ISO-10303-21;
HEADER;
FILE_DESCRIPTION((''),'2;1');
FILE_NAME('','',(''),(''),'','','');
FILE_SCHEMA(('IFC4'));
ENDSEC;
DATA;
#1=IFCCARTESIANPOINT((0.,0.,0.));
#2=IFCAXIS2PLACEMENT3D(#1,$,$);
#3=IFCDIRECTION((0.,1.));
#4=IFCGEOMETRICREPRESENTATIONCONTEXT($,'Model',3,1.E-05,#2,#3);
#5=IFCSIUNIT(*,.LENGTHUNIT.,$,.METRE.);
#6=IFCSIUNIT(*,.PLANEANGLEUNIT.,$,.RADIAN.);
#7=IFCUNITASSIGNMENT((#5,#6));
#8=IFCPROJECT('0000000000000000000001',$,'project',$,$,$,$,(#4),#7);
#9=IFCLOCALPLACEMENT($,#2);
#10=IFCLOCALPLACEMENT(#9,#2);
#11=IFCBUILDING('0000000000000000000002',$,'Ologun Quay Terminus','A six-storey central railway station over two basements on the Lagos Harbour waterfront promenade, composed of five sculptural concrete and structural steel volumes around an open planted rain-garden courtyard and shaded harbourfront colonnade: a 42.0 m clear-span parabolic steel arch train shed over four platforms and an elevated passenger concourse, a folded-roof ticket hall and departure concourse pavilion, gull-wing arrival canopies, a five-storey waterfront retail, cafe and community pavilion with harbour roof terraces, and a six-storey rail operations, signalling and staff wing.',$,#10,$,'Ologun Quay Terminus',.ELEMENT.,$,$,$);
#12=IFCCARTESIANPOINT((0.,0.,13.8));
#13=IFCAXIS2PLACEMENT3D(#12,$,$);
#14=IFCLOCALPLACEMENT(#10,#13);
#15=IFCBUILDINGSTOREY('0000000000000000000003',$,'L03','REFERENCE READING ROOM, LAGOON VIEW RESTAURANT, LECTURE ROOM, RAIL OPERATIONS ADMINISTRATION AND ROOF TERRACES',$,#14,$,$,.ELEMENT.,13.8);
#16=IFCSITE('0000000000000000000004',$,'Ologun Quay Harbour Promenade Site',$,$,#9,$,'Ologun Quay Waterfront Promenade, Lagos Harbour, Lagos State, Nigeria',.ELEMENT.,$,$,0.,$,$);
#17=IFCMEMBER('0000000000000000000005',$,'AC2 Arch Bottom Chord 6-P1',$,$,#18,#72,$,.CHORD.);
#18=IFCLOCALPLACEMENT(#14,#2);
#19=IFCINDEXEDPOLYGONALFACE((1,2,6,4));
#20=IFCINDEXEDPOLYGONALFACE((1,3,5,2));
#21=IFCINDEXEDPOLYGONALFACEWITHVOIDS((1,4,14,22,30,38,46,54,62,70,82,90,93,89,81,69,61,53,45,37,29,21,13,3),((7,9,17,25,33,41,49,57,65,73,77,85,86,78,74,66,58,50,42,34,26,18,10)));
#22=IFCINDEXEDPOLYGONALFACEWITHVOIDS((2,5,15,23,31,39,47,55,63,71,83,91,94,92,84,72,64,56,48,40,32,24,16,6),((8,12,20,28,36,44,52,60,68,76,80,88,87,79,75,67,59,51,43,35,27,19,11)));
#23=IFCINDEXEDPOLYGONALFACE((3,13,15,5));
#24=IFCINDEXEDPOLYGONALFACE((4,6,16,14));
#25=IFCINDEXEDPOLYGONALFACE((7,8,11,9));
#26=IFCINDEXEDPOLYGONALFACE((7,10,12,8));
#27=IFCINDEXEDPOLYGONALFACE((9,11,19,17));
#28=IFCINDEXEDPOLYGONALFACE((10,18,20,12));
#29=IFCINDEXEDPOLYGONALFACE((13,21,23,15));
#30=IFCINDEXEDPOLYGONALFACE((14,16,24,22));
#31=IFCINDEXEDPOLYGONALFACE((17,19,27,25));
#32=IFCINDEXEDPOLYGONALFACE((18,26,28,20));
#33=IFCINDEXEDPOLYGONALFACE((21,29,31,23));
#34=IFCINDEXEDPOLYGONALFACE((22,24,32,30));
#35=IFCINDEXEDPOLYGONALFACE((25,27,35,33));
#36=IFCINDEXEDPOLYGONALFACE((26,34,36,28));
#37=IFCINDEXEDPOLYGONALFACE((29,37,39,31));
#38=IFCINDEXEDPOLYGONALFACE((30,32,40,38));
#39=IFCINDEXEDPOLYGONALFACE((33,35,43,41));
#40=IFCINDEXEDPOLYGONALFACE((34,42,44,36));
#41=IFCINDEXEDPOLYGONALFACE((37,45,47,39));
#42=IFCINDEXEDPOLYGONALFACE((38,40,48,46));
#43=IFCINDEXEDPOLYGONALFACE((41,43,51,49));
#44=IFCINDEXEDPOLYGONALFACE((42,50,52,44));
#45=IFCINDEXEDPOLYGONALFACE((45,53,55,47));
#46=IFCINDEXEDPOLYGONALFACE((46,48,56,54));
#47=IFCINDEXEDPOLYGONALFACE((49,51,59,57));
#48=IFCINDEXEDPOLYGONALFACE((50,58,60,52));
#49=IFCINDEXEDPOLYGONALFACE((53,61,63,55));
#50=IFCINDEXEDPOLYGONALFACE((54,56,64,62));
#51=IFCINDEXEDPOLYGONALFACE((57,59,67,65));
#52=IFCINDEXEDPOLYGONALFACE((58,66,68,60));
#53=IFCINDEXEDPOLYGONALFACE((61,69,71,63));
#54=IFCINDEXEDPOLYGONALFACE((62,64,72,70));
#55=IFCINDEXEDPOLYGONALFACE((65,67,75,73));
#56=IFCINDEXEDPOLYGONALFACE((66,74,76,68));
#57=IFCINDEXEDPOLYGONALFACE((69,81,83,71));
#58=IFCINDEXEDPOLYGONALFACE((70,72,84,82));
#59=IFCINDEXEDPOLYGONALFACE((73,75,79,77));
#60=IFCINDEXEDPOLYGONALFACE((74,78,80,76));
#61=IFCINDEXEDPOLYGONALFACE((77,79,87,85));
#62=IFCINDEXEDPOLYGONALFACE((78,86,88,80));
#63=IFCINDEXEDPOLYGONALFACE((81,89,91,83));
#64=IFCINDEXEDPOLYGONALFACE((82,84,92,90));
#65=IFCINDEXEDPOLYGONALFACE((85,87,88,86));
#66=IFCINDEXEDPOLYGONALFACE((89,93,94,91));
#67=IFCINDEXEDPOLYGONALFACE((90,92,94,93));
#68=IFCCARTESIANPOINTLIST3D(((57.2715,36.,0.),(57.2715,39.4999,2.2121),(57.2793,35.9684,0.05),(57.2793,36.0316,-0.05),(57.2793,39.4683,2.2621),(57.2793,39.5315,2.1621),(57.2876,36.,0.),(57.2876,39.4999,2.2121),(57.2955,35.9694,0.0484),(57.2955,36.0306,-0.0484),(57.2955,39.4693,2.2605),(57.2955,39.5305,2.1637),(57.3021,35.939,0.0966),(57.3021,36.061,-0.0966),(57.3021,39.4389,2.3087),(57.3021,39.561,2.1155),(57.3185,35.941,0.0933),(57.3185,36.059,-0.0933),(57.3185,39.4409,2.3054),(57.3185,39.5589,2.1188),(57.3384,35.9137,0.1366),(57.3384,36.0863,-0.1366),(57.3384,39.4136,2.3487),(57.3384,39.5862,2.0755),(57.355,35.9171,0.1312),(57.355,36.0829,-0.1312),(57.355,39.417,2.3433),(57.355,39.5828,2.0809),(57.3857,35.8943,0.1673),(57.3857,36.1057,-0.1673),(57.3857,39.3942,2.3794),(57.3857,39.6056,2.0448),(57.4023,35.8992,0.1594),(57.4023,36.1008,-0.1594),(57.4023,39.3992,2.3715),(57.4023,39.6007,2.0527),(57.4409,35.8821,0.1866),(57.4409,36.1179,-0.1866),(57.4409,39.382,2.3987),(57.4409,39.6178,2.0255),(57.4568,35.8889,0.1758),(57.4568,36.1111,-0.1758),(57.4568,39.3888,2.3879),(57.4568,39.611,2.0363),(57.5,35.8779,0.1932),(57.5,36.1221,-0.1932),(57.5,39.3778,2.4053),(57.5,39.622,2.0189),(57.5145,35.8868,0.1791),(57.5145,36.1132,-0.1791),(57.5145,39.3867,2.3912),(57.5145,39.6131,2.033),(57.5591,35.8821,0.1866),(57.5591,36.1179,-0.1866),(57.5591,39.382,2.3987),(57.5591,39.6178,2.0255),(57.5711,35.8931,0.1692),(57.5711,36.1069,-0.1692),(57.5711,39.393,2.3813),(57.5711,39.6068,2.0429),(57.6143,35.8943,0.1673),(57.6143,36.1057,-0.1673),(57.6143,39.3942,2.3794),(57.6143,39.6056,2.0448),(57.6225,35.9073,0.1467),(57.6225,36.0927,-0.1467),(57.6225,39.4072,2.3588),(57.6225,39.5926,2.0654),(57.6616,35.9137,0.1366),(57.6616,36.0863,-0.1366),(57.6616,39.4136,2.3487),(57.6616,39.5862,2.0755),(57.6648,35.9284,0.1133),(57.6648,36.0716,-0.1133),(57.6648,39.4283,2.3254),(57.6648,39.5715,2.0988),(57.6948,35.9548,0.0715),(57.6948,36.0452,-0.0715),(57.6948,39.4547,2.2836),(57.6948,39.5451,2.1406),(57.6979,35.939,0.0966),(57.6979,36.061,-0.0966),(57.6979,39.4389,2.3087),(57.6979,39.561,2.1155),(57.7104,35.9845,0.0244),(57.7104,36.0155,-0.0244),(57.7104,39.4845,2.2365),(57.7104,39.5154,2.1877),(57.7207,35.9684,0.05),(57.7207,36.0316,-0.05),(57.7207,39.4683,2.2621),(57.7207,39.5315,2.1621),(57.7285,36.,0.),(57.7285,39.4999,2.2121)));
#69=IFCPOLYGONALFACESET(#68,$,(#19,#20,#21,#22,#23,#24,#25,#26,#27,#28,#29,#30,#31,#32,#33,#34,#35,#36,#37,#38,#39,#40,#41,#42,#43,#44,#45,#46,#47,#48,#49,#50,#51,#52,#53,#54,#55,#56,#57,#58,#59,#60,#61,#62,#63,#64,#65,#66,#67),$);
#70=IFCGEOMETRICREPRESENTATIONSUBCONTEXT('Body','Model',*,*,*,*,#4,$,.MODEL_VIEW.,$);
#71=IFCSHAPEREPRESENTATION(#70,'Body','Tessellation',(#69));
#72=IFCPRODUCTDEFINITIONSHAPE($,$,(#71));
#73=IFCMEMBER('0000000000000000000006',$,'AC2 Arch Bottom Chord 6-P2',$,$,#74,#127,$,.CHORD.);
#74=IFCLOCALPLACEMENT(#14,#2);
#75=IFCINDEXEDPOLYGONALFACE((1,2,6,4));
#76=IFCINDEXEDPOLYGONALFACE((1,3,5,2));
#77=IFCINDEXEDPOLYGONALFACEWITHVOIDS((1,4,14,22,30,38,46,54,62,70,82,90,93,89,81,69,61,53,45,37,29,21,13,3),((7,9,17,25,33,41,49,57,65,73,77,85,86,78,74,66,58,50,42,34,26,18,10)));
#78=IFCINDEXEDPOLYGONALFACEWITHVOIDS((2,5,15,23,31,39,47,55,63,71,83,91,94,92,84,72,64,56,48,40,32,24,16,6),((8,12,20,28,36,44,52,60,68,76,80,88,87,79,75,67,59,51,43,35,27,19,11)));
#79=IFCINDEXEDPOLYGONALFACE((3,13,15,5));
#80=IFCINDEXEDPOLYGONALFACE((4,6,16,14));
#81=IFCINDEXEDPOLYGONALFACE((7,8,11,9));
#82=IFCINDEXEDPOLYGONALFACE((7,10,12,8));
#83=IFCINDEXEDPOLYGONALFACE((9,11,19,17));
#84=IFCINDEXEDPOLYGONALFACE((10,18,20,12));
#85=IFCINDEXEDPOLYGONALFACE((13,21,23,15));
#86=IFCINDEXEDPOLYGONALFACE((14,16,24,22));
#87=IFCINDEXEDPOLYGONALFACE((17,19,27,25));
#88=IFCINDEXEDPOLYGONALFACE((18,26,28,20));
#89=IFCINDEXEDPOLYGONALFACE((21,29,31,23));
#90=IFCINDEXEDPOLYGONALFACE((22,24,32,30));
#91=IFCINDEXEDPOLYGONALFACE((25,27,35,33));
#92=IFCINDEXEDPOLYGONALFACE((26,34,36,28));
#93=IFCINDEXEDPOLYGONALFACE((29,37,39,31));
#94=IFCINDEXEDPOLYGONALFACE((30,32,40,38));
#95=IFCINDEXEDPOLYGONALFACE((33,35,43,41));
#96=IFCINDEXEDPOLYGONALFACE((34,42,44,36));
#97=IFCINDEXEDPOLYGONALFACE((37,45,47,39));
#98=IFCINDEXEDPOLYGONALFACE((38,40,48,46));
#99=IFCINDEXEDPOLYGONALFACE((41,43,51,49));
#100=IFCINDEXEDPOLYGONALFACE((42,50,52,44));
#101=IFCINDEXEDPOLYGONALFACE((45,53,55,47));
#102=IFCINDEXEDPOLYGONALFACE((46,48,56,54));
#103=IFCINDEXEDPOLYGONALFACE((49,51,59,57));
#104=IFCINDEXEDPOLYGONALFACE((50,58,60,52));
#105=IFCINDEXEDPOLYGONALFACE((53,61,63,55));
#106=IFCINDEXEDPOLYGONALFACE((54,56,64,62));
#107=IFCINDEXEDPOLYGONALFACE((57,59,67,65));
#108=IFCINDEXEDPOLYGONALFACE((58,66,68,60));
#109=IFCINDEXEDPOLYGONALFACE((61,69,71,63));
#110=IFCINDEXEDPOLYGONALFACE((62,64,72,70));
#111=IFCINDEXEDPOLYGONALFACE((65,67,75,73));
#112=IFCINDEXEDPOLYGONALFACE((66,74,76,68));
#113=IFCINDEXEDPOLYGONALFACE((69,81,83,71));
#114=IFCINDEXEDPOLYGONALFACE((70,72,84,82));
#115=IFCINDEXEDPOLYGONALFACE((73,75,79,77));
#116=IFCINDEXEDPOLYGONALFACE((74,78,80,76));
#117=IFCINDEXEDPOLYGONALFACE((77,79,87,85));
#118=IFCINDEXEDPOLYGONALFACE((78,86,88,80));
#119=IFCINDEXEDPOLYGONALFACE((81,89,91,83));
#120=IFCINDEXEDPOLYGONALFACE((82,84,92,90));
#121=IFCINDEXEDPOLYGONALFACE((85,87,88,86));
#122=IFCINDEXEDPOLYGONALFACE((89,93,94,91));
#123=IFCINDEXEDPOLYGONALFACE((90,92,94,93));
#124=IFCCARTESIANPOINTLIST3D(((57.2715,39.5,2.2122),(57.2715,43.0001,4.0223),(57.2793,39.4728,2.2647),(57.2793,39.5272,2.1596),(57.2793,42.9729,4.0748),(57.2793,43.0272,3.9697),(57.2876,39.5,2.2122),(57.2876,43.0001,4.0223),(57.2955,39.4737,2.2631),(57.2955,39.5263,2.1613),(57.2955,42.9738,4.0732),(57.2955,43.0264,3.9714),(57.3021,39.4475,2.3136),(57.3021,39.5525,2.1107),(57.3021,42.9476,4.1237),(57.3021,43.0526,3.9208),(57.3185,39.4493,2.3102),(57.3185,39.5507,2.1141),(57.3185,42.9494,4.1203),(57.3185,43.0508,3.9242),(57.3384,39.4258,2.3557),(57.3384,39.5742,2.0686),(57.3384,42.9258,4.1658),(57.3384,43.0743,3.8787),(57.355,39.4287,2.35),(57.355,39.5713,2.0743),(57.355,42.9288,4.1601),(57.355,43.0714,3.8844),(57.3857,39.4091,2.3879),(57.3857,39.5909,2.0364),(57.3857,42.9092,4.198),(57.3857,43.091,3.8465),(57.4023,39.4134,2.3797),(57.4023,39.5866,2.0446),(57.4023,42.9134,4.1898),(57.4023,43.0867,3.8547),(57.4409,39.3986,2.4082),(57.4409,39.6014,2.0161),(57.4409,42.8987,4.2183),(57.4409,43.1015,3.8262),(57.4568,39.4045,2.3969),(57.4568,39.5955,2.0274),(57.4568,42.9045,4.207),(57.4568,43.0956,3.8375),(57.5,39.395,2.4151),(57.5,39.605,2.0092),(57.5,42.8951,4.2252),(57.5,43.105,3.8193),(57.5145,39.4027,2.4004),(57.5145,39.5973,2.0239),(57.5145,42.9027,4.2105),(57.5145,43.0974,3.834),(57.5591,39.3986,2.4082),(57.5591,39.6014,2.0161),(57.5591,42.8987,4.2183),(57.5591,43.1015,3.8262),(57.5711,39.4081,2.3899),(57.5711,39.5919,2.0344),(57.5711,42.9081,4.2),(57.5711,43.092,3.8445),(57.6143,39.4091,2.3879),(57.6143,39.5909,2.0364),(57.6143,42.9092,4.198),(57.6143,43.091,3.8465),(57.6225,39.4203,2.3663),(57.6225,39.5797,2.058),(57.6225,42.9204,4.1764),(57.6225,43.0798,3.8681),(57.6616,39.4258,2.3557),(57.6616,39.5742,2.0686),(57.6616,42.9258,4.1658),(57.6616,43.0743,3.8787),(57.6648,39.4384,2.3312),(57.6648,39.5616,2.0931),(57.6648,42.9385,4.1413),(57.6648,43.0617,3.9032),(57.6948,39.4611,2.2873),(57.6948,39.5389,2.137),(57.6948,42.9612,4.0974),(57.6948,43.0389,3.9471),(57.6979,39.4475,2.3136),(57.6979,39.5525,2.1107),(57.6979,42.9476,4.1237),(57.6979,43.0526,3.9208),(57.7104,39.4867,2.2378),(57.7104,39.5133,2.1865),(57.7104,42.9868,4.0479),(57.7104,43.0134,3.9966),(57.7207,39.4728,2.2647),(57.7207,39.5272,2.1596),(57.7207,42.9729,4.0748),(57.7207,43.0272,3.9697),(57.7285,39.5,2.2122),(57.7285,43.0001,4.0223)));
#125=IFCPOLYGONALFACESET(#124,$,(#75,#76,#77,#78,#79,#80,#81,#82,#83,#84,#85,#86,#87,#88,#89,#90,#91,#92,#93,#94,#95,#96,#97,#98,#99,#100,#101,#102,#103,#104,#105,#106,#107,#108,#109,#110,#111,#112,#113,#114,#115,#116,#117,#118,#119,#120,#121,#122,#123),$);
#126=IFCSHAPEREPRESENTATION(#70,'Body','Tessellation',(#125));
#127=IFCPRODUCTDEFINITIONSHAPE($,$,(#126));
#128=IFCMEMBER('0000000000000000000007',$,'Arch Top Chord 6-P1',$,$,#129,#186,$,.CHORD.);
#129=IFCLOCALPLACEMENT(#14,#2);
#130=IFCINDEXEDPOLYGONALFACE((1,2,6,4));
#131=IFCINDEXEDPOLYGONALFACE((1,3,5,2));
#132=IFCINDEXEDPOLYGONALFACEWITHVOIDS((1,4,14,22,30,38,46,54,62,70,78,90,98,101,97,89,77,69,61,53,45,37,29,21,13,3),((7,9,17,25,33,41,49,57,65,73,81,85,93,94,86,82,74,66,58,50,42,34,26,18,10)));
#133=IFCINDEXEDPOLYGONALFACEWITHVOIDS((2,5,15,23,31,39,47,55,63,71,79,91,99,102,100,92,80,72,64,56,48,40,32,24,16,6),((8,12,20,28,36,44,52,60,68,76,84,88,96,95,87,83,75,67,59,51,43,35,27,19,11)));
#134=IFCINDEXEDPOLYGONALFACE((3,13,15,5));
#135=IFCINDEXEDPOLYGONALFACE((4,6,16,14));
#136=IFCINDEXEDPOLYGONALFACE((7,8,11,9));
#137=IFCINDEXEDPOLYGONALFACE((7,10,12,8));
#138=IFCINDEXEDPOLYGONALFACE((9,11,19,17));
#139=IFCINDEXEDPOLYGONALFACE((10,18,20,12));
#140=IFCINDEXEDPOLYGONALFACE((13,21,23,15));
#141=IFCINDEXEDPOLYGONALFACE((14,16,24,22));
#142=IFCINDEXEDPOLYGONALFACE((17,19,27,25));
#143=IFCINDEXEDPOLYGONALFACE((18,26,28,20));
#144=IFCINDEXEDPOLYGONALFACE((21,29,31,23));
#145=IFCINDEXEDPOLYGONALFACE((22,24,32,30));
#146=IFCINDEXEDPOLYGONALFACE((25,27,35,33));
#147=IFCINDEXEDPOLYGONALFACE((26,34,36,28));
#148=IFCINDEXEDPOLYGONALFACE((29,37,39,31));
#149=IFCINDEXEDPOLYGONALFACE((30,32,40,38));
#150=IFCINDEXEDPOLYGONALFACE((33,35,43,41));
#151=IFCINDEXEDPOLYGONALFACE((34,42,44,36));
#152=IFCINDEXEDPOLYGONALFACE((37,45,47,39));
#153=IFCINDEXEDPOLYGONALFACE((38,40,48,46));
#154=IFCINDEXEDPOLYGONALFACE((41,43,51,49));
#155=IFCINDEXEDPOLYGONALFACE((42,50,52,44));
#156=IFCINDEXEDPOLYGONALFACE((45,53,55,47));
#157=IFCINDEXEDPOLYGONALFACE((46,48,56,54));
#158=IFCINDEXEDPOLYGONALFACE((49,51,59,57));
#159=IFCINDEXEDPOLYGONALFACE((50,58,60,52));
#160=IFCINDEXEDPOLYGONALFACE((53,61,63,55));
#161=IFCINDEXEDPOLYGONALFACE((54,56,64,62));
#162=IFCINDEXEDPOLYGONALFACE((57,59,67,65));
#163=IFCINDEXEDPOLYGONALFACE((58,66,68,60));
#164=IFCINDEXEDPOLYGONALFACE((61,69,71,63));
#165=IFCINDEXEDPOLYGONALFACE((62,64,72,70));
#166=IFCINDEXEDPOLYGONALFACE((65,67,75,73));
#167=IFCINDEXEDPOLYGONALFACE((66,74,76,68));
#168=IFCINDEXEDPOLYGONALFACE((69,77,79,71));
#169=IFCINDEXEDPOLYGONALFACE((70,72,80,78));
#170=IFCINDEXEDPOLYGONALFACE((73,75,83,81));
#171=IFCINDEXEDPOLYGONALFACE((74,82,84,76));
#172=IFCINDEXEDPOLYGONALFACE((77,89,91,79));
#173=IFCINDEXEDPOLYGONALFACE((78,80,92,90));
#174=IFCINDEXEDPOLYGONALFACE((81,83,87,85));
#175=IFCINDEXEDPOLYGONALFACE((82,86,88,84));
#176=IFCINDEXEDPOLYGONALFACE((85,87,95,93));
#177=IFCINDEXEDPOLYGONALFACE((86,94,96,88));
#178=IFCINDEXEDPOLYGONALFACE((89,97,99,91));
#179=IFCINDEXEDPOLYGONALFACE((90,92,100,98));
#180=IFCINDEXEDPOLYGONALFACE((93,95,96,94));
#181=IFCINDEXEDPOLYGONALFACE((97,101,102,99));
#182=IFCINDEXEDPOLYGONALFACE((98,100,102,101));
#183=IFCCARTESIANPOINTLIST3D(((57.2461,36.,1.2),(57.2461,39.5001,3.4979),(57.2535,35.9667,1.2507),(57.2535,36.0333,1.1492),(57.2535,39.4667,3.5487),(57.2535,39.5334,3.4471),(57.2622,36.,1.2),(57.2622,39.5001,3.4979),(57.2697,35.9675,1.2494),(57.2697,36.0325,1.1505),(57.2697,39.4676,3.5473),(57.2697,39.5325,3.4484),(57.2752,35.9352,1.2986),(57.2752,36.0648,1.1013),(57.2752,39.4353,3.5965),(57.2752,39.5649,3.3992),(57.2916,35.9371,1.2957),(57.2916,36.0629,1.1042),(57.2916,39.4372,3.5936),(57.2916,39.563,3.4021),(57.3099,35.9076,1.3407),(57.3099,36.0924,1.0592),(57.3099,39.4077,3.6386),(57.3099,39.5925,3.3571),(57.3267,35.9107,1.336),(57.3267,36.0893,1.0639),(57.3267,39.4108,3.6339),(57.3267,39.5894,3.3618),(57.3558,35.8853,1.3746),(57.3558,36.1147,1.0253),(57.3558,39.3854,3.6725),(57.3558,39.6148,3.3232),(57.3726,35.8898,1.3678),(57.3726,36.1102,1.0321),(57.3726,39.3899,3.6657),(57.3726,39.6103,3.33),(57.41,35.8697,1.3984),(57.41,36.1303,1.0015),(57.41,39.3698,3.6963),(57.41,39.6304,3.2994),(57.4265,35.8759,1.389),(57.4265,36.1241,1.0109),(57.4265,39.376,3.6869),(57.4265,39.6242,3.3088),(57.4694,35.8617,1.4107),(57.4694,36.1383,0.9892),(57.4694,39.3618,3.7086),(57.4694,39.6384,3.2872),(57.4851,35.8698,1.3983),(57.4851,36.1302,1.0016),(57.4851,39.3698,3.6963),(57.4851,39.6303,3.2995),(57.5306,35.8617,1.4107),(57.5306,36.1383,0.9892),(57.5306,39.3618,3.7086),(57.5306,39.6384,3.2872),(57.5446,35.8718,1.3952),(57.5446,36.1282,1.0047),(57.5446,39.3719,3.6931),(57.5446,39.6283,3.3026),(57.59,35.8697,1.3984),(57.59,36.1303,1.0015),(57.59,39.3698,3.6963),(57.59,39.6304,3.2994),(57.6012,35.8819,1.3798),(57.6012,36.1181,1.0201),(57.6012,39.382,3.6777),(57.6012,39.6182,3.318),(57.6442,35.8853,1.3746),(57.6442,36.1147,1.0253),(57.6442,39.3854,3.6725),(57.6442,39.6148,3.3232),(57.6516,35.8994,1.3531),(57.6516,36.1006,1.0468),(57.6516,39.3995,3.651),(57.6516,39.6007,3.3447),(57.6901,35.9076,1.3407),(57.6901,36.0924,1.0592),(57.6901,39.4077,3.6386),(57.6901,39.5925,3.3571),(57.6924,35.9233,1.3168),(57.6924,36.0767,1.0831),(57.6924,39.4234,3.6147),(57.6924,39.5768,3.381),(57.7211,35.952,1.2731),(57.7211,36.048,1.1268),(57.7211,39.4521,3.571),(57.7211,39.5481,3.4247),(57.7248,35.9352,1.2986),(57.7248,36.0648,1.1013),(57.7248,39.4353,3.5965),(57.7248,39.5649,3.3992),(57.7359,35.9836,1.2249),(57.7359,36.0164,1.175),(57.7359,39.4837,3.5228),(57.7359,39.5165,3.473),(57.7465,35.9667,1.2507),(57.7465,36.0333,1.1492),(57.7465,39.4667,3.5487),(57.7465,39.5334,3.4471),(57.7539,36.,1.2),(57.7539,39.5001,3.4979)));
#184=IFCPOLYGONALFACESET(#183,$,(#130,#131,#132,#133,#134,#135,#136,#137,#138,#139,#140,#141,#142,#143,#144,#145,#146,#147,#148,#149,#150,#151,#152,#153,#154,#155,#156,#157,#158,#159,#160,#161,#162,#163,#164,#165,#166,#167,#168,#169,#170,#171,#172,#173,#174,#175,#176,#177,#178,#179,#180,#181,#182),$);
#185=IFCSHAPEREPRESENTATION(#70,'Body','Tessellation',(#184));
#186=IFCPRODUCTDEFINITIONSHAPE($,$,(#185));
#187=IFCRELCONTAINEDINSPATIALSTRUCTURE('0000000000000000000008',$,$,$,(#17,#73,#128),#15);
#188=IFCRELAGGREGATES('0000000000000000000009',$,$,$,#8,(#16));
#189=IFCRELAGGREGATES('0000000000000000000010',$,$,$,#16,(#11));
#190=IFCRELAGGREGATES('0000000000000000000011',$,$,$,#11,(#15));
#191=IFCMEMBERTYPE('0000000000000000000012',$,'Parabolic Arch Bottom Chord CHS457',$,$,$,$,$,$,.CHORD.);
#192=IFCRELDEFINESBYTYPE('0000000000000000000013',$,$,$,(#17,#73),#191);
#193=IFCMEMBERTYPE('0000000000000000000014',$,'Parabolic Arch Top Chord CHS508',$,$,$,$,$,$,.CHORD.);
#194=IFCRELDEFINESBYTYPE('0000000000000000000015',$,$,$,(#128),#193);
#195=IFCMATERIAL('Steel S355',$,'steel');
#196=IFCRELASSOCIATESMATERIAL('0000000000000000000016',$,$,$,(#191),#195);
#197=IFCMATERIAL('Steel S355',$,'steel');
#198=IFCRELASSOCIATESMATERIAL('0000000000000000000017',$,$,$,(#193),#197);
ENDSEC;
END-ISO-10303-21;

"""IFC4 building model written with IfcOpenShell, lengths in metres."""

from ifc_helpers import new_model, si_unit, direction, frame, origin, origin_2d, place, context, subcontext, project, spatial, hollow_circle, extrude, material, material_profile, profile_set, type_object, element, save


model = new_model("IFC4")

# Units and contexts
model_context = context("Model", 3, precision=1e-05, world=origin(), true_north=direction((0.0, 1.0)))
body_context = subcontext(model_context, "Body", "Model", "MODEL_VIEW")
ifc_project = project(units=[si_unit("LENGTHUNIT", "METRE"), si_unit("PLANEANGLEUNIT", "RADIAN")], contexts=[model_context])

# Site, building, storey
site_placement = place(None, origin())
site = spatial("IfcSite", under=ifc_project, at=site_placement, Name="Ologun Quay Harbour Promenade Site", LongName="Ologun Quay Waterfront Promenade, Lagos Harbour, Lagos State, Nigeria", CompositionType="ELEMENT", RefElevation=0.0)
building_placement = place(site_placement, origin())
building = spatial("IfcBuilding", under=site, at=building_placement, Name="Ologun Quay Terminus", Description="A six-storey central railway station over two basements on the Lagos Harbour waterfront promenade, composed of five sculptural concrete and structural steel volumes around an open planted rain-garden courtyard and shaded harbourfront colonnade: a 42.0 m clear-span parabolic steel arch train shed over four platforms and an elevated passenger concourse, a folded-roof ticket hall and departure concourse pavilion, gull-wing arrival canopies, a five-storey waterfront retail, cafe and community pavilion with harbour roof terraces, and a six-storey rail operations, signalling and staff wing.", LongName="Ologun Quay Terminus", CompositionType="ELEMENT")
storey_placement = place(building_placement, frame((0.0, 0.0, 13.8)))
storey = spatial("IfcBuildingStorey", under=building, at=storey_placement, Name="L03", Description="REFERENCE READING ROOM, LAGOON VIEW RESTAURANT, LECTURE ROOM, RAIL OPERATIONS ADMINISTRATION AND ROOF TERRACES", CompositionType="ELEMENT", Elevation=13.8)

# Members
ifc_material_1 = material(Name="Steel S355", Category="steel")
ifc_material_profile_1 = material_profile(ifc_material_1, hollow_circle(Radius=0.2285, WallThickness=0.0161, at=origin_2d()), Name="CHS 457x16")
ifc_profile_set_1 = profile_set([ifc_material_profile_1], Name="Steel S355")
member_type_1 = type_object("IfcMemberType", Name="Parabolic Arch Bottom Chord CHS457", PredefinedType="CHORD", material=ifc_profile_set_1)
member_1_placement = place(storey_placement, frame((57.5, 36.0, 0.0), z_axis=(0.0, 0.845311, 0.534275), x_axis=(-1.0, 0.0, 0.0)))
element("IfcMember", 1, at=member_1_placement, inside=storey, type_object=member_type_1, Name="AC2 Arch Bottom Chord 6-P1", PredefinedType="CHORD", context=body_context, shape_type="SweptSolid", body=[
    extrude(hollow_circle(Radius=0.2285, WallThickness=0.0161, at=origin_2d()), origin(), (0.0, 0.0, 1.0), 4.1404),
])
member_2_placement = place(storey_placement, frame((57.5, 39.5, 2.2122), z_axis=(0.0, 0.888247, 0.459366), x_axis=(-1.0, 0.0, 0.0)))
element("IfcMember", 2, at=member_2_placement, inside=storey, type_object=member_type_1, Name="AC2 Arch Bottom Chord 6-P2", PredefinedType="CHORD", context=body_context, shape_type="SweptSolid", body=[
    extrude(hollow_circle(Radius=0.2285, WallThickness=0.0161, at=origin_2d()), origin(), (0.0, 0.0, 1.0), 3.9404),
])
ifc_material_2 = material(Name="Steel S355", Category="steel")
ifc_material_profile_2 = material_profile(ifc_material_2, hollow_circle(Radius=0.2539, WallThickness=0.0161, at=origin_2d()), Name="CHS 508x16")
ifc_profile_set_2 = profile_set([ifc_material_profile_2], Name="Steel S355")
member_type_2 = type_object("IfcMemberType", Name="Parabolic Arch Top Chord CHS508", PredefinedType="CHORD", material=ifc_profile_set_2)
member_3_placement = place(storey_placement, frame((57.5, 36.0, 1.2), z_axis=(0.0, 0.835941, 0.548819), x_axis=(-1.0, 0.0, 0.0)))
element("IfcMember", 3, at=member_3_placement, inside=storey, type_object=member_type_2, Name="Arch Top Chord 6-P1", PredefinedType="CHORD", context=body_context, shape_type="SweptSolid", body=[
    extrude(hollow_circle(Radius=0.2539, WallThickness=0.0161, at=origin_2d()), origin(), (0.0, 0.0, 1.0), 4.187),
])

save(model, "model.ifc")
